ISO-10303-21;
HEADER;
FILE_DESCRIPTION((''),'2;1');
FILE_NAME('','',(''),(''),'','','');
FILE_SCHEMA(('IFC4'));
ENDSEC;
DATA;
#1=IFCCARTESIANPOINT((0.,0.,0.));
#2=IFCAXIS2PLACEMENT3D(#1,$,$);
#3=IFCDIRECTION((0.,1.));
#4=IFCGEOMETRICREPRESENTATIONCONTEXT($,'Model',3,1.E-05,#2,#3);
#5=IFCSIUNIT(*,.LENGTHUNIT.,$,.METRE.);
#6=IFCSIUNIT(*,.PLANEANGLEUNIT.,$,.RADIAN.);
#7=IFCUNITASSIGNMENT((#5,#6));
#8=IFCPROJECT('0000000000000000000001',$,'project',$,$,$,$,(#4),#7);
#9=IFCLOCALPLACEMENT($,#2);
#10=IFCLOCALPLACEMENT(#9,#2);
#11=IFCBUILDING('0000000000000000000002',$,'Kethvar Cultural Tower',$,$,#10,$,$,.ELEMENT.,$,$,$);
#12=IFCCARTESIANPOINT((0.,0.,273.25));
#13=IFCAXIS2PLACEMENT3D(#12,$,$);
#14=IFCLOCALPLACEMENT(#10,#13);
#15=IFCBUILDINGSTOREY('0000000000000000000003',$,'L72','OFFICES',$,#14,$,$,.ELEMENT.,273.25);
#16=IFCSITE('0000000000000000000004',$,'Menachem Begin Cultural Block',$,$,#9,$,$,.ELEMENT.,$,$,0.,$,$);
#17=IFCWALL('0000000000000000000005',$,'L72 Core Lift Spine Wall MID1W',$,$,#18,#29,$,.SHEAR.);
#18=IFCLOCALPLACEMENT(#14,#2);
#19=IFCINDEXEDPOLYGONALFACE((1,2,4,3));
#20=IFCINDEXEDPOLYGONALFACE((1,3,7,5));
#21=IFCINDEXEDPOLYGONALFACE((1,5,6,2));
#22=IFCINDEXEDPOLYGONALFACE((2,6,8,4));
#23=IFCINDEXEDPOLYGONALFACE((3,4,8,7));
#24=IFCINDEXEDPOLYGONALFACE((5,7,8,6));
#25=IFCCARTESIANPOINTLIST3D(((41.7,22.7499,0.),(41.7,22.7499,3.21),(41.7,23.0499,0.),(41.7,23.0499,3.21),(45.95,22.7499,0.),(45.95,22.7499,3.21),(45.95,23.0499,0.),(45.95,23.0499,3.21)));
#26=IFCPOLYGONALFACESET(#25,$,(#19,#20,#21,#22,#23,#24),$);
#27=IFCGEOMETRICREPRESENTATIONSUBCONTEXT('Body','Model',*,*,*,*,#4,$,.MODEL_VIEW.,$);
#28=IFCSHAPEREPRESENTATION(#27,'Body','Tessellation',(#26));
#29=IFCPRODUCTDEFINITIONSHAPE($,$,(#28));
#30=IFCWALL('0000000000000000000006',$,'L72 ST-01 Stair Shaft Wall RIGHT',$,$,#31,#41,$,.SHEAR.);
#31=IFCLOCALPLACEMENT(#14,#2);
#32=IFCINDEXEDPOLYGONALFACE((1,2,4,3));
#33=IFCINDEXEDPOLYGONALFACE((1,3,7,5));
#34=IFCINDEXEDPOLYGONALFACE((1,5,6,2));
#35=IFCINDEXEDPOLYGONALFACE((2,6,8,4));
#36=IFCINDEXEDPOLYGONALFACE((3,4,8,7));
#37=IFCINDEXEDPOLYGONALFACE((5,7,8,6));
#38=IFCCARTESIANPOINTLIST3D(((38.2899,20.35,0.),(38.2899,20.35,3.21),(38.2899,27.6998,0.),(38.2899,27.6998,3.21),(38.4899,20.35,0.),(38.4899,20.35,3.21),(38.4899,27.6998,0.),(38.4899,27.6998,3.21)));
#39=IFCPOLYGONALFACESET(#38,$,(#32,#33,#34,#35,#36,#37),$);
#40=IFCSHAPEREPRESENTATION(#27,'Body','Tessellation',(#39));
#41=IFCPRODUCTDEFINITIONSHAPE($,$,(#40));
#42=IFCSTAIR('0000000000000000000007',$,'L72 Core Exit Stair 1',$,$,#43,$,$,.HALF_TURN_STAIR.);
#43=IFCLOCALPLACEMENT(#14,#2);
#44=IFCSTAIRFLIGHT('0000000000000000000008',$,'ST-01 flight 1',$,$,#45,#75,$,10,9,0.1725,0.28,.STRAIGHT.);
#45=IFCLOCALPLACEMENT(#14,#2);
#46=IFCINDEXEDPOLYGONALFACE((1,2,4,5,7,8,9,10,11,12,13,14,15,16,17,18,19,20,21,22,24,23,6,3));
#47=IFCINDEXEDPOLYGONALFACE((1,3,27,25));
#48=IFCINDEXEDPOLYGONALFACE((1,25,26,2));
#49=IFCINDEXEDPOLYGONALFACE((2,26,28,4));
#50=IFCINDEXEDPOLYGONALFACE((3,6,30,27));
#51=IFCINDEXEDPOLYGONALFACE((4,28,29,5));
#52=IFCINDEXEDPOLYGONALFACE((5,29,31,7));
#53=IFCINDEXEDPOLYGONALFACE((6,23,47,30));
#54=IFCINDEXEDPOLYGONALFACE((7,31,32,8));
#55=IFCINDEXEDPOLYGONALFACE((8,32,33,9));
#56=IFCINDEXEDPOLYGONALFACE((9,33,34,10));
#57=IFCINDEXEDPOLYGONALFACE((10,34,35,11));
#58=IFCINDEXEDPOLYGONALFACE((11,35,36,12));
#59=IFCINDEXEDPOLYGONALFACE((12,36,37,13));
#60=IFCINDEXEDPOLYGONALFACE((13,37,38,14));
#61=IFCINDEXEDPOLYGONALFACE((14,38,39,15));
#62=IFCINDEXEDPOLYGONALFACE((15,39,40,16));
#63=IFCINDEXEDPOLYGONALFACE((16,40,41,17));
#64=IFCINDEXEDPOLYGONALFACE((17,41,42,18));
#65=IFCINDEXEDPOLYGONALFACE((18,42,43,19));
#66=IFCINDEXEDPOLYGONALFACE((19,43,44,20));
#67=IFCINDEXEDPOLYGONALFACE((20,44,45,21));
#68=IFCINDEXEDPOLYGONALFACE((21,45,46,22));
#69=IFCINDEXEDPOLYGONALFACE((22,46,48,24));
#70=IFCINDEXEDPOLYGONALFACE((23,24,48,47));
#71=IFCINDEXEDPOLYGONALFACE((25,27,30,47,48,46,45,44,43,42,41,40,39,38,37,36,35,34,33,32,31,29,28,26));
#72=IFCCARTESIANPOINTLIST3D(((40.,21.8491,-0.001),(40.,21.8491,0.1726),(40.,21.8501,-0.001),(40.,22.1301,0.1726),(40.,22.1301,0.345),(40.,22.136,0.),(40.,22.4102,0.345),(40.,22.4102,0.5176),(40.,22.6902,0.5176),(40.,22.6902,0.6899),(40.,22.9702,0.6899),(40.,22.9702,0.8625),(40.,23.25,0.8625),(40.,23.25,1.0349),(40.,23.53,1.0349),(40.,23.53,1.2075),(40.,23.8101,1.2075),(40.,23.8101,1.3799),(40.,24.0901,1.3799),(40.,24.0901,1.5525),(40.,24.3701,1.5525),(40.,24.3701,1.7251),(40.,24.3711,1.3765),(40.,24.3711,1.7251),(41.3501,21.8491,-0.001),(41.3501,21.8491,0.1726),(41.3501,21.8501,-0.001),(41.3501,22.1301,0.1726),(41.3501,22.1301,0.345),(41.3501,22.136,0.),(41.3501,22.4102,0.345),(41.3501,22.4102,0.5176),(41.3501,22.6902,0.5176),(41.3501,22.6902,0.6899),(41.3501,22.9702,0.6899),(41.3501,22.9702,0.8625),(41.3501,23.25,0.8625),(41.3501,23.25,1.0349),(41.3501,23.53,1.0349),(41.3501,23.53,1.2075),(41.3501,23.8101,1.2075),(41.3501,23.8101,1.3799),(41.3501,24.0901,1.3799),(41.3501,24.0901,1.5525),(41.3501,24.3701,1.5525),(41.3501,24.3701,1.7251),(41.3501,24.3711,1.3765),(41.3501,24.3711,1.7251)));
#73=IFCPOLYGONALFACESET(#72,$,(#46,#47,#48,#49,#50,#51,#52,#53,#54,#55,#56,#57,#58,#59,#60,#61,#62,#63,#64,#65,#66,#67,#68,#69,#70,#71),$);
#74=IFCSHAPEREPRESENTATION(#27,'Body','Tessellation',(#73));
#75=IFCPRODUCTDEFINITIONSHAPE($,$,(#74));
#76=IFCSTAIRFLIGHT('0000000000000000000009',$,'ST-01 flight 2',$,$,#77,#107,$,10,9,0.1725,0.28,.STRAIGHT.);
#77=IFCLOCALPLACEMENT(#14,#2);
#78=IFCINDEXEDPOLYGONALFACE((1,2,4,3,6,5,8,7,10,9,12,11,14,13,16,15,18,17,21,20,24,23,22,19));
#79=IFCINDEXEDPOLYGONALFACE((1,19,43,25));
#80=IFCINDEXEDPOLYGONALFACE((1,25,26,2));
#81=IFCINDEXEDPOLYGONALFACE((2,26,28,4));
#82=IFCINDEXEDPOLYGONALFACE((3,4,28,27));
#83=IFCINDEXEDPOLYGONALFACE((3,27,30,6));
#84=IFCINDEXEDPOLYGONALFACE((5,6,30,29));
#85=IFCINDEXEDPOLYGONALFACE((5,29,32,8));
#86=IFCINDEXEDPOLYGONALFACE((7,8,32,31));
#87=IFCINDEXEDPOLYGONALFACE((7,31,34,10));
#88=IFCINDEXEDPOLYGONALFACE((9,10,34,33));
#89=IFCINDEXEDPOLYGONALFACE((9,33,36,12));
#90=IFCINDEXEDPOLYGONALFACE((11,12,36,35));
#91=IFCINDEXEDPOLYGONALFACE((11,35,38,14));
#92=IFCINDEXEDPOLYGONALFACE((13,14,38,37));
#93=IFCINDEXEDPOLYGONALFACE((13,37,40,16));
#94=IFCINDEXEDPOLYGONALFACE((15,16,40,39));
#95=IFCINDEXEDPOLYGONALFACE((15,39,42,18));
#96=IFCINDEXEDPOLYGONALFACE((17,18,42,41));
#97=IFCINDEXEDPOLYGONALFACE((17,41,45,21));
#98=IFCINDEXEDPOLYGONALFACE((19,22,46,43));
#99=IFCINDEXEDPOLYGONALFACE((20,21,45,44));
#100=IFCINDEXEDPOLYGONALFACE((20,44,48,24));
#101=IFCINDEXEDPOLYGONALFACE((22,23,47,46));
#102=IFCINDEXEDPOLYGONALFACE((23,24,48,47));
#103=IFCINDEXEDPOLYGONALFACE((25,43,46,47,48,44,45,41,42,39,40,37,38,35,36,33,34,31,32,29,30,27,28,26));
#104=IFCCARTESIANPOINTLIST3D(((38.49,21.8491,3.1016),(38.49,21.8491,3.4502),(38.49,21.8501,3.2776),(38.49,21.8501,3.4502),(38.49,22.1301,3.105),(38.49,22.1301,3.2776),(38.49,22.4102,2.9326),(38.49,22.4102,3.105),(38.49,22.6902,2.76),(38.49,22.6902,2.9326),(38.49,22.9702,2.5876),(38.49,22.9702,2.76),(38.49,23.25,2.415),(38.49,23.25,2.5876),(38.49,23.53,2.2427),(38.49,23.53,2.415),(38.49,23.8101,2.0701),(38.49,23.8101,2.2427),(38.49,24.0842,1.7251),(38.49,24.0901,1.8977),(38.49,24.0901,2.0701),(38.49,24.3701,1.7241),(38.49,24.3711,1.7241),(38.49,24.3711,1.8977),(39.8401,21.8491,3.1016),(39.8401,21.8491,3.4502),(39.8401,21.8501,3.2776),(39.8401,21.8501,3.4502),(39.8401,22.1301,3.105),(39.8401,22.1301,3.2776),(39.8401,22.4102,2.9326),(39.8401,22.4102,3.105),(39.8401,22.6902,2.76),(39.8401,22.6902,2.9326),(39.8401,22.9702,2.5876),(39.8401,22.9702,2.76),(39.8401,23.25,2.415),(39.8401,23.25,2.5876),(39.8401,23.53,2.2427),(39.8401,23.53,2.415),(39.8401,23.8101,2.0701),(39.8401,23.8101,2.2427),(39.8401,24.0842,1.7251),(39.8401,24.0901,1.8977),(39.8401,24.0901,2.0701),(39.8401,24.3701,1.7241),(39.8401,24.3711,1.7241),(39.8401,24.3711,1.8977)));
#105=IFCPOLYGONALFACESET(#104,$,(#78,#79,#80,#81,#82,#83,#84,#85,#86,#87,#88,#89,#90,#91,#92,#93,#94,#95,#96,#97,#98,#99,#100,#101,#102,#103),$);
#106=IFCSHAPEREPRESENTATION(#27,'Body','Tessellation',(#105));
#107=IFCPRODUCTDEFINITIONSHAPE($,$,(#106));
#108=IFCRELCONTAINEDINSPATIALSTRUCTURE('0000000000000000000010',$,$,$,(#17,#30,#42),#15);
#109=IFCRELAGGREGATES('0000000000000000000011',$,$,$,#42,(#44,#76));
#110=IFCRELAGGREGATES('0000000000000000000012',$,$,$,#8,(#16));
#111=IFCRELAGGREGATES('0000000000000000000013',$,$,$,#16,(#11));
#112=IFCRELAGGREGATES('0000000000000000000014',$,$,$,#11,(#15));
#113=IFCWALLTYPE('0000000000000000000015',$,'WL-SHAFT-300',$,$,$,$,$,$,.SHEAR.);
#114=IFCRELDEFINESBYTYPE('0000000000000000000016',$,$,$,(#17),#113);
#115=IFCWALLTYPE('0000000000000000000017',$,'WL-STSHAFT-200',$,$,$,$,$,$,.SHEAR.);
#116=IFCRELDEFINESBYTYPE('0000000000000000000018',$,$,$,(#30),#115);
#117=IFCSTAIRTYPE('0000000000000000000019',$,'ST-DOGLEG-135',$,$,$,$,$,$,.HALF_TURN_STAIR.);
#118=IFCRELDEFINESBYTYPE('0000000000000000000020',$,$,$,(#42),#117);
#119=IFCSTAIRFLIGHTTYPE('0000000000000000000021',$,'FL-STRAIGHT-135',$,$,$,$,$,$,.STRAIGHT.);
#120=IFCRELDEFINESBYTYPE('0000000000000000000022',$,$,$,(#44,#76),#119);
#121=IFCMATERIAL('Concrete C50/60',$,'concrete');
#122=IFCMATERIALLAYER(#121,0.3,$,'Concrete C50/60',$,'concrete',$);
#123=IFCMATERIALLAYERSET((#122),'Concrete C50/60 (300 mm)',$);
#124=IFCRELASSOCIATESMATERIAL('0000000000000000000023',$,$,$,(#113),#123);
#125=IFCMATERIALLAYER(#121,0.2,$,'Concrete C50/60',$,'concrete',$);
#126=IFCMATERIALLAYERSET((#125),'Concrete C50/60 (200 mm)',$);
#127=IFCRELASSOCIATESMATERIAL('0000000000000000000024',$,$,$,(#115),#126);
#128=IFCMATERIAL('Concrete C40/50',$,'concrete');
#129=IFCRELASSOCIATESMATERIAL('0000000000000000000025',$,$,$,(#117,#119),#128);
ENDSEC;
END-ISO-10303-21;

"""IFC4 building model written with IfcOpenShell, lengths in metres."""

from ifc_helpers import new_model, si_unit, direction, frame, frame_2d, origin, place, context, subcontext, project, spatial, polyline, rectangle, outline, extrude, material, layer, layer_set, type_object, element, aggregate, save


model = new_model("IFC4")

# Units and contexts
model_context = context("Model", 3, precision=1e-05, world=origin(), true_north=direction((0.0, 1.0)))
body_context = subcontext(model_context, "Body", "Model", "MODEL_VIEW")
ifc_project = project(units=[si_unit("LENGTHUNIT", "METRE"), si_unit("PLANEANGLEUNIT", "RADIAN")], contexts=[model_context])

# Site, building, storey
site_placement = place(None, origin())
site = spatial("IfcSite", under=ifc_project, at=site_placement, Name="Menachem Begin Cultural Block", CompositionType="ELEMENT", RefElevation=0.0)
building_placement = place(site_placement, origin())
building = spatial("IfcBuilding", under=site, at=building_placement, Name="Kethvar Cultural Tower", CompositionType="ELEMENT")
storey_placement = place(building_placement, frame((0.0, 0.0, 273.25)))
storey = spatial("IfcBuildingStorey", under=building, at=storey_placement, Name="L72", Description="OFFICES", CompositionType="ELEMENT", Elevation=273.25)

# Shared definitions
ifc_material_1 = material(Name="Concrete C50/60", Category="concrete")

# Walls
ifc_layer_1 = layer(ifc_material_1, 0.3, Name="Concrete C50/60", Category="concrete")
ifc_layer_set_1 = layer_set([ifc_layer_1], Name="Concrete C50/60 (300 mm)")
wall_type_1 = type_object("IfcWallType", Name="WL-SHAFT-300", PredefinedType="SHEAR", material=ifc_layer_set_1)
wall_1_placement = place(storey_placement, frame((41.7, 22.8999, 0.0), z_axis=(0.0, 0.0, 1.0), x_axis=(1.0, 0.0, 0.0)))
element("IfcWall", 1, at=wall_1_placement, inside=storey, type_object=wall_type_1, Name="L72 Core Lift Spine Wall MID1W", PredefinedType="SHEAR", context=body_context, shape_type="SweptSolid", body=[
    extrude(rectangle(XDim=4.25, YDim=0.3, at=frame_2d((2.125, 0.0))), origin(), (0.0, 0.0, 1.0), 3.21),
])
ifc_layer_2 = layer(ifc_material_1, 0.2, Name="Concrete C50/60", Category="concrete")
ifc_layer_set_2 = layer_set([ifc_layer_2], Name="Concrete C50/60 (200 mm)")
wall_type_2 = type_object("IfcWallType", Name="WL-STSHAFT-200", PredefinedType="SHEAR", material=ifc_layer_set_2)
wall_2_placement = place(storey_placement, frame((38.3899, 20.3501, 0.0), z_axis=(0.0, 0.0, 1.0), x_axis=(0.0, 1.0, 0.0)))
element("IfcWall", 2, at=wall_2_placement, inside=storey, type_object=wall_type_2, Name="L72 ST-01 Stair Shaft Wall RIGHT", PredefinedType="SHEAR", context=body_context, shape_type="SweptSolid", body=[
    extrude(rectangle(XDim=7.3499, YDim=0.2, at=frame_2d((3.6748, 0.0))), origin(), (0.0, 0.0, 1.0), 3.21),
])

# Stair, stair flights
ifc_material_2 = material(Name="Concrete C40/50", Category="concrete")
stair_type = type_object("IfcStairType", Name="ST-DOGLEG-135", PredefinedType="HALF_TURN_STAIR", material=ifc_material_2)
stair_placement = place(storey_placement, origin())
stair = element("IfcStair", 3, at=stair_placement, inside=storey, type_object=stair_type, Name="L72 Core Exit Stair 1", PredefinedType="HALF_TURN_STAIR")
stair_flight_type = type_object("IfcStairFlightType", Name="FL-STRAIGHT-135", PredefinedType="STRAIGHT", material=ifc_material_2)
stair_flight_1_placement = place(storey_placement, frame((40.675, 21.8501, 0.0), z_axis=(0.0, 0.0, 1.0), x_axis=(0.0, 1.0, 0.0)))
stair_flight_1 = element("IfcStairFlight", 4, at=stair_flight_1_placement, type_object=stair_flight_type, Name="ST-01 flight 1", NumberOfRisers=10, NumberOfTreads=9, PredefinedType="STRAIGHT", RiserHeight=0.1725, TreadLength=0.28, context=body_context, shape_type="SweptSolid", body=[
    extrude(outline(polyline([(-0.001, -0.001), (-0.001, 0.1726), (0.28, 0.1726), (0.28, 0.345), (0.5601, 0.345), (0.5601, 0.5176), (0.8401, 0.5176), (0.8401, 0.6899), (1.1201, 0.6899), (1.1201, 0.8625), (1.3999, 0.8625), (1.3999, 1.0349), (1.6799, 1.0349), (1.6799, 1.2075), (1.96, 1.2075), (1.96, 1.3799), (2.24, 1.3799), (2.24, 1.5525), (2.52, 1.5525), (2.52, 1.7251), (2.521, 1.7251), (2.521, 1.3765), (0.2859, 0.0), (0.0, -0.001), (-0.001, -0.001)])), frame((0.0, 0.675, 0.0), z_axis=(0.0, -1.0, 0.0), x_axis=(1.0, 0.0, 0.0)), (0.0, 0.0, 1.0), 1.3501),
])
stair_flight_2_placement = place(storey_placement, frame((39.165, 24.3701, 1.7251), z_axis=(0.0, 0.0, 1.0), x_axis=(0.0, -1.0, 0.0)))
stair_flight_2 = element("IfcStairFlight", 5, at=stair_flight_2_placement, type_object=stair_flight_type, Name="ST-01 flight 2", NumberOfRisers=10, NumberOfTreads=9, PredefinedType="STRAIGHT", RiserHeight=0.1725, TreadLength=0.28, context=body_context, shape_type="SweptSolid", body=[
    extrude(outline(polyline([(-0.001, -0.001), (-0.001, 0.1726), (0.28, 0.1726), (0.28, 0.345), (0.5601, 0.345), (0.5601, 0.5176), (0.8401, 0.5176), (0.8401, 0.6899), (1.1201, 0.6899), (1.1201, 0.8625), (1.3999, 0.8625), (1.3999, 1.0349), (1.6799, 1.0349), (1.6799, 1.2075), (1.96, 1.2075), (1.96, 1.3799), (2.24, 1.3799), (2.24, 1.5525), (2.52, 1.5525), (2.52, 1.7251), (2.521, 1.7251), (2.521, 1.3765), (0.2859, 0.0), (0.0, -0.001), (-0.001, -0.001)])), frame((0.0, 0.675, 0.0), z_axis=(0.0, -1.0, 0.0), x_axis=(1.0, 0.0, 0.0)), (0.0, 0.0, 1.0), 1.3501),
])
aggregate(stair, [stair_flight_1, stair_flight_2])

save(model, "model.ifc")
